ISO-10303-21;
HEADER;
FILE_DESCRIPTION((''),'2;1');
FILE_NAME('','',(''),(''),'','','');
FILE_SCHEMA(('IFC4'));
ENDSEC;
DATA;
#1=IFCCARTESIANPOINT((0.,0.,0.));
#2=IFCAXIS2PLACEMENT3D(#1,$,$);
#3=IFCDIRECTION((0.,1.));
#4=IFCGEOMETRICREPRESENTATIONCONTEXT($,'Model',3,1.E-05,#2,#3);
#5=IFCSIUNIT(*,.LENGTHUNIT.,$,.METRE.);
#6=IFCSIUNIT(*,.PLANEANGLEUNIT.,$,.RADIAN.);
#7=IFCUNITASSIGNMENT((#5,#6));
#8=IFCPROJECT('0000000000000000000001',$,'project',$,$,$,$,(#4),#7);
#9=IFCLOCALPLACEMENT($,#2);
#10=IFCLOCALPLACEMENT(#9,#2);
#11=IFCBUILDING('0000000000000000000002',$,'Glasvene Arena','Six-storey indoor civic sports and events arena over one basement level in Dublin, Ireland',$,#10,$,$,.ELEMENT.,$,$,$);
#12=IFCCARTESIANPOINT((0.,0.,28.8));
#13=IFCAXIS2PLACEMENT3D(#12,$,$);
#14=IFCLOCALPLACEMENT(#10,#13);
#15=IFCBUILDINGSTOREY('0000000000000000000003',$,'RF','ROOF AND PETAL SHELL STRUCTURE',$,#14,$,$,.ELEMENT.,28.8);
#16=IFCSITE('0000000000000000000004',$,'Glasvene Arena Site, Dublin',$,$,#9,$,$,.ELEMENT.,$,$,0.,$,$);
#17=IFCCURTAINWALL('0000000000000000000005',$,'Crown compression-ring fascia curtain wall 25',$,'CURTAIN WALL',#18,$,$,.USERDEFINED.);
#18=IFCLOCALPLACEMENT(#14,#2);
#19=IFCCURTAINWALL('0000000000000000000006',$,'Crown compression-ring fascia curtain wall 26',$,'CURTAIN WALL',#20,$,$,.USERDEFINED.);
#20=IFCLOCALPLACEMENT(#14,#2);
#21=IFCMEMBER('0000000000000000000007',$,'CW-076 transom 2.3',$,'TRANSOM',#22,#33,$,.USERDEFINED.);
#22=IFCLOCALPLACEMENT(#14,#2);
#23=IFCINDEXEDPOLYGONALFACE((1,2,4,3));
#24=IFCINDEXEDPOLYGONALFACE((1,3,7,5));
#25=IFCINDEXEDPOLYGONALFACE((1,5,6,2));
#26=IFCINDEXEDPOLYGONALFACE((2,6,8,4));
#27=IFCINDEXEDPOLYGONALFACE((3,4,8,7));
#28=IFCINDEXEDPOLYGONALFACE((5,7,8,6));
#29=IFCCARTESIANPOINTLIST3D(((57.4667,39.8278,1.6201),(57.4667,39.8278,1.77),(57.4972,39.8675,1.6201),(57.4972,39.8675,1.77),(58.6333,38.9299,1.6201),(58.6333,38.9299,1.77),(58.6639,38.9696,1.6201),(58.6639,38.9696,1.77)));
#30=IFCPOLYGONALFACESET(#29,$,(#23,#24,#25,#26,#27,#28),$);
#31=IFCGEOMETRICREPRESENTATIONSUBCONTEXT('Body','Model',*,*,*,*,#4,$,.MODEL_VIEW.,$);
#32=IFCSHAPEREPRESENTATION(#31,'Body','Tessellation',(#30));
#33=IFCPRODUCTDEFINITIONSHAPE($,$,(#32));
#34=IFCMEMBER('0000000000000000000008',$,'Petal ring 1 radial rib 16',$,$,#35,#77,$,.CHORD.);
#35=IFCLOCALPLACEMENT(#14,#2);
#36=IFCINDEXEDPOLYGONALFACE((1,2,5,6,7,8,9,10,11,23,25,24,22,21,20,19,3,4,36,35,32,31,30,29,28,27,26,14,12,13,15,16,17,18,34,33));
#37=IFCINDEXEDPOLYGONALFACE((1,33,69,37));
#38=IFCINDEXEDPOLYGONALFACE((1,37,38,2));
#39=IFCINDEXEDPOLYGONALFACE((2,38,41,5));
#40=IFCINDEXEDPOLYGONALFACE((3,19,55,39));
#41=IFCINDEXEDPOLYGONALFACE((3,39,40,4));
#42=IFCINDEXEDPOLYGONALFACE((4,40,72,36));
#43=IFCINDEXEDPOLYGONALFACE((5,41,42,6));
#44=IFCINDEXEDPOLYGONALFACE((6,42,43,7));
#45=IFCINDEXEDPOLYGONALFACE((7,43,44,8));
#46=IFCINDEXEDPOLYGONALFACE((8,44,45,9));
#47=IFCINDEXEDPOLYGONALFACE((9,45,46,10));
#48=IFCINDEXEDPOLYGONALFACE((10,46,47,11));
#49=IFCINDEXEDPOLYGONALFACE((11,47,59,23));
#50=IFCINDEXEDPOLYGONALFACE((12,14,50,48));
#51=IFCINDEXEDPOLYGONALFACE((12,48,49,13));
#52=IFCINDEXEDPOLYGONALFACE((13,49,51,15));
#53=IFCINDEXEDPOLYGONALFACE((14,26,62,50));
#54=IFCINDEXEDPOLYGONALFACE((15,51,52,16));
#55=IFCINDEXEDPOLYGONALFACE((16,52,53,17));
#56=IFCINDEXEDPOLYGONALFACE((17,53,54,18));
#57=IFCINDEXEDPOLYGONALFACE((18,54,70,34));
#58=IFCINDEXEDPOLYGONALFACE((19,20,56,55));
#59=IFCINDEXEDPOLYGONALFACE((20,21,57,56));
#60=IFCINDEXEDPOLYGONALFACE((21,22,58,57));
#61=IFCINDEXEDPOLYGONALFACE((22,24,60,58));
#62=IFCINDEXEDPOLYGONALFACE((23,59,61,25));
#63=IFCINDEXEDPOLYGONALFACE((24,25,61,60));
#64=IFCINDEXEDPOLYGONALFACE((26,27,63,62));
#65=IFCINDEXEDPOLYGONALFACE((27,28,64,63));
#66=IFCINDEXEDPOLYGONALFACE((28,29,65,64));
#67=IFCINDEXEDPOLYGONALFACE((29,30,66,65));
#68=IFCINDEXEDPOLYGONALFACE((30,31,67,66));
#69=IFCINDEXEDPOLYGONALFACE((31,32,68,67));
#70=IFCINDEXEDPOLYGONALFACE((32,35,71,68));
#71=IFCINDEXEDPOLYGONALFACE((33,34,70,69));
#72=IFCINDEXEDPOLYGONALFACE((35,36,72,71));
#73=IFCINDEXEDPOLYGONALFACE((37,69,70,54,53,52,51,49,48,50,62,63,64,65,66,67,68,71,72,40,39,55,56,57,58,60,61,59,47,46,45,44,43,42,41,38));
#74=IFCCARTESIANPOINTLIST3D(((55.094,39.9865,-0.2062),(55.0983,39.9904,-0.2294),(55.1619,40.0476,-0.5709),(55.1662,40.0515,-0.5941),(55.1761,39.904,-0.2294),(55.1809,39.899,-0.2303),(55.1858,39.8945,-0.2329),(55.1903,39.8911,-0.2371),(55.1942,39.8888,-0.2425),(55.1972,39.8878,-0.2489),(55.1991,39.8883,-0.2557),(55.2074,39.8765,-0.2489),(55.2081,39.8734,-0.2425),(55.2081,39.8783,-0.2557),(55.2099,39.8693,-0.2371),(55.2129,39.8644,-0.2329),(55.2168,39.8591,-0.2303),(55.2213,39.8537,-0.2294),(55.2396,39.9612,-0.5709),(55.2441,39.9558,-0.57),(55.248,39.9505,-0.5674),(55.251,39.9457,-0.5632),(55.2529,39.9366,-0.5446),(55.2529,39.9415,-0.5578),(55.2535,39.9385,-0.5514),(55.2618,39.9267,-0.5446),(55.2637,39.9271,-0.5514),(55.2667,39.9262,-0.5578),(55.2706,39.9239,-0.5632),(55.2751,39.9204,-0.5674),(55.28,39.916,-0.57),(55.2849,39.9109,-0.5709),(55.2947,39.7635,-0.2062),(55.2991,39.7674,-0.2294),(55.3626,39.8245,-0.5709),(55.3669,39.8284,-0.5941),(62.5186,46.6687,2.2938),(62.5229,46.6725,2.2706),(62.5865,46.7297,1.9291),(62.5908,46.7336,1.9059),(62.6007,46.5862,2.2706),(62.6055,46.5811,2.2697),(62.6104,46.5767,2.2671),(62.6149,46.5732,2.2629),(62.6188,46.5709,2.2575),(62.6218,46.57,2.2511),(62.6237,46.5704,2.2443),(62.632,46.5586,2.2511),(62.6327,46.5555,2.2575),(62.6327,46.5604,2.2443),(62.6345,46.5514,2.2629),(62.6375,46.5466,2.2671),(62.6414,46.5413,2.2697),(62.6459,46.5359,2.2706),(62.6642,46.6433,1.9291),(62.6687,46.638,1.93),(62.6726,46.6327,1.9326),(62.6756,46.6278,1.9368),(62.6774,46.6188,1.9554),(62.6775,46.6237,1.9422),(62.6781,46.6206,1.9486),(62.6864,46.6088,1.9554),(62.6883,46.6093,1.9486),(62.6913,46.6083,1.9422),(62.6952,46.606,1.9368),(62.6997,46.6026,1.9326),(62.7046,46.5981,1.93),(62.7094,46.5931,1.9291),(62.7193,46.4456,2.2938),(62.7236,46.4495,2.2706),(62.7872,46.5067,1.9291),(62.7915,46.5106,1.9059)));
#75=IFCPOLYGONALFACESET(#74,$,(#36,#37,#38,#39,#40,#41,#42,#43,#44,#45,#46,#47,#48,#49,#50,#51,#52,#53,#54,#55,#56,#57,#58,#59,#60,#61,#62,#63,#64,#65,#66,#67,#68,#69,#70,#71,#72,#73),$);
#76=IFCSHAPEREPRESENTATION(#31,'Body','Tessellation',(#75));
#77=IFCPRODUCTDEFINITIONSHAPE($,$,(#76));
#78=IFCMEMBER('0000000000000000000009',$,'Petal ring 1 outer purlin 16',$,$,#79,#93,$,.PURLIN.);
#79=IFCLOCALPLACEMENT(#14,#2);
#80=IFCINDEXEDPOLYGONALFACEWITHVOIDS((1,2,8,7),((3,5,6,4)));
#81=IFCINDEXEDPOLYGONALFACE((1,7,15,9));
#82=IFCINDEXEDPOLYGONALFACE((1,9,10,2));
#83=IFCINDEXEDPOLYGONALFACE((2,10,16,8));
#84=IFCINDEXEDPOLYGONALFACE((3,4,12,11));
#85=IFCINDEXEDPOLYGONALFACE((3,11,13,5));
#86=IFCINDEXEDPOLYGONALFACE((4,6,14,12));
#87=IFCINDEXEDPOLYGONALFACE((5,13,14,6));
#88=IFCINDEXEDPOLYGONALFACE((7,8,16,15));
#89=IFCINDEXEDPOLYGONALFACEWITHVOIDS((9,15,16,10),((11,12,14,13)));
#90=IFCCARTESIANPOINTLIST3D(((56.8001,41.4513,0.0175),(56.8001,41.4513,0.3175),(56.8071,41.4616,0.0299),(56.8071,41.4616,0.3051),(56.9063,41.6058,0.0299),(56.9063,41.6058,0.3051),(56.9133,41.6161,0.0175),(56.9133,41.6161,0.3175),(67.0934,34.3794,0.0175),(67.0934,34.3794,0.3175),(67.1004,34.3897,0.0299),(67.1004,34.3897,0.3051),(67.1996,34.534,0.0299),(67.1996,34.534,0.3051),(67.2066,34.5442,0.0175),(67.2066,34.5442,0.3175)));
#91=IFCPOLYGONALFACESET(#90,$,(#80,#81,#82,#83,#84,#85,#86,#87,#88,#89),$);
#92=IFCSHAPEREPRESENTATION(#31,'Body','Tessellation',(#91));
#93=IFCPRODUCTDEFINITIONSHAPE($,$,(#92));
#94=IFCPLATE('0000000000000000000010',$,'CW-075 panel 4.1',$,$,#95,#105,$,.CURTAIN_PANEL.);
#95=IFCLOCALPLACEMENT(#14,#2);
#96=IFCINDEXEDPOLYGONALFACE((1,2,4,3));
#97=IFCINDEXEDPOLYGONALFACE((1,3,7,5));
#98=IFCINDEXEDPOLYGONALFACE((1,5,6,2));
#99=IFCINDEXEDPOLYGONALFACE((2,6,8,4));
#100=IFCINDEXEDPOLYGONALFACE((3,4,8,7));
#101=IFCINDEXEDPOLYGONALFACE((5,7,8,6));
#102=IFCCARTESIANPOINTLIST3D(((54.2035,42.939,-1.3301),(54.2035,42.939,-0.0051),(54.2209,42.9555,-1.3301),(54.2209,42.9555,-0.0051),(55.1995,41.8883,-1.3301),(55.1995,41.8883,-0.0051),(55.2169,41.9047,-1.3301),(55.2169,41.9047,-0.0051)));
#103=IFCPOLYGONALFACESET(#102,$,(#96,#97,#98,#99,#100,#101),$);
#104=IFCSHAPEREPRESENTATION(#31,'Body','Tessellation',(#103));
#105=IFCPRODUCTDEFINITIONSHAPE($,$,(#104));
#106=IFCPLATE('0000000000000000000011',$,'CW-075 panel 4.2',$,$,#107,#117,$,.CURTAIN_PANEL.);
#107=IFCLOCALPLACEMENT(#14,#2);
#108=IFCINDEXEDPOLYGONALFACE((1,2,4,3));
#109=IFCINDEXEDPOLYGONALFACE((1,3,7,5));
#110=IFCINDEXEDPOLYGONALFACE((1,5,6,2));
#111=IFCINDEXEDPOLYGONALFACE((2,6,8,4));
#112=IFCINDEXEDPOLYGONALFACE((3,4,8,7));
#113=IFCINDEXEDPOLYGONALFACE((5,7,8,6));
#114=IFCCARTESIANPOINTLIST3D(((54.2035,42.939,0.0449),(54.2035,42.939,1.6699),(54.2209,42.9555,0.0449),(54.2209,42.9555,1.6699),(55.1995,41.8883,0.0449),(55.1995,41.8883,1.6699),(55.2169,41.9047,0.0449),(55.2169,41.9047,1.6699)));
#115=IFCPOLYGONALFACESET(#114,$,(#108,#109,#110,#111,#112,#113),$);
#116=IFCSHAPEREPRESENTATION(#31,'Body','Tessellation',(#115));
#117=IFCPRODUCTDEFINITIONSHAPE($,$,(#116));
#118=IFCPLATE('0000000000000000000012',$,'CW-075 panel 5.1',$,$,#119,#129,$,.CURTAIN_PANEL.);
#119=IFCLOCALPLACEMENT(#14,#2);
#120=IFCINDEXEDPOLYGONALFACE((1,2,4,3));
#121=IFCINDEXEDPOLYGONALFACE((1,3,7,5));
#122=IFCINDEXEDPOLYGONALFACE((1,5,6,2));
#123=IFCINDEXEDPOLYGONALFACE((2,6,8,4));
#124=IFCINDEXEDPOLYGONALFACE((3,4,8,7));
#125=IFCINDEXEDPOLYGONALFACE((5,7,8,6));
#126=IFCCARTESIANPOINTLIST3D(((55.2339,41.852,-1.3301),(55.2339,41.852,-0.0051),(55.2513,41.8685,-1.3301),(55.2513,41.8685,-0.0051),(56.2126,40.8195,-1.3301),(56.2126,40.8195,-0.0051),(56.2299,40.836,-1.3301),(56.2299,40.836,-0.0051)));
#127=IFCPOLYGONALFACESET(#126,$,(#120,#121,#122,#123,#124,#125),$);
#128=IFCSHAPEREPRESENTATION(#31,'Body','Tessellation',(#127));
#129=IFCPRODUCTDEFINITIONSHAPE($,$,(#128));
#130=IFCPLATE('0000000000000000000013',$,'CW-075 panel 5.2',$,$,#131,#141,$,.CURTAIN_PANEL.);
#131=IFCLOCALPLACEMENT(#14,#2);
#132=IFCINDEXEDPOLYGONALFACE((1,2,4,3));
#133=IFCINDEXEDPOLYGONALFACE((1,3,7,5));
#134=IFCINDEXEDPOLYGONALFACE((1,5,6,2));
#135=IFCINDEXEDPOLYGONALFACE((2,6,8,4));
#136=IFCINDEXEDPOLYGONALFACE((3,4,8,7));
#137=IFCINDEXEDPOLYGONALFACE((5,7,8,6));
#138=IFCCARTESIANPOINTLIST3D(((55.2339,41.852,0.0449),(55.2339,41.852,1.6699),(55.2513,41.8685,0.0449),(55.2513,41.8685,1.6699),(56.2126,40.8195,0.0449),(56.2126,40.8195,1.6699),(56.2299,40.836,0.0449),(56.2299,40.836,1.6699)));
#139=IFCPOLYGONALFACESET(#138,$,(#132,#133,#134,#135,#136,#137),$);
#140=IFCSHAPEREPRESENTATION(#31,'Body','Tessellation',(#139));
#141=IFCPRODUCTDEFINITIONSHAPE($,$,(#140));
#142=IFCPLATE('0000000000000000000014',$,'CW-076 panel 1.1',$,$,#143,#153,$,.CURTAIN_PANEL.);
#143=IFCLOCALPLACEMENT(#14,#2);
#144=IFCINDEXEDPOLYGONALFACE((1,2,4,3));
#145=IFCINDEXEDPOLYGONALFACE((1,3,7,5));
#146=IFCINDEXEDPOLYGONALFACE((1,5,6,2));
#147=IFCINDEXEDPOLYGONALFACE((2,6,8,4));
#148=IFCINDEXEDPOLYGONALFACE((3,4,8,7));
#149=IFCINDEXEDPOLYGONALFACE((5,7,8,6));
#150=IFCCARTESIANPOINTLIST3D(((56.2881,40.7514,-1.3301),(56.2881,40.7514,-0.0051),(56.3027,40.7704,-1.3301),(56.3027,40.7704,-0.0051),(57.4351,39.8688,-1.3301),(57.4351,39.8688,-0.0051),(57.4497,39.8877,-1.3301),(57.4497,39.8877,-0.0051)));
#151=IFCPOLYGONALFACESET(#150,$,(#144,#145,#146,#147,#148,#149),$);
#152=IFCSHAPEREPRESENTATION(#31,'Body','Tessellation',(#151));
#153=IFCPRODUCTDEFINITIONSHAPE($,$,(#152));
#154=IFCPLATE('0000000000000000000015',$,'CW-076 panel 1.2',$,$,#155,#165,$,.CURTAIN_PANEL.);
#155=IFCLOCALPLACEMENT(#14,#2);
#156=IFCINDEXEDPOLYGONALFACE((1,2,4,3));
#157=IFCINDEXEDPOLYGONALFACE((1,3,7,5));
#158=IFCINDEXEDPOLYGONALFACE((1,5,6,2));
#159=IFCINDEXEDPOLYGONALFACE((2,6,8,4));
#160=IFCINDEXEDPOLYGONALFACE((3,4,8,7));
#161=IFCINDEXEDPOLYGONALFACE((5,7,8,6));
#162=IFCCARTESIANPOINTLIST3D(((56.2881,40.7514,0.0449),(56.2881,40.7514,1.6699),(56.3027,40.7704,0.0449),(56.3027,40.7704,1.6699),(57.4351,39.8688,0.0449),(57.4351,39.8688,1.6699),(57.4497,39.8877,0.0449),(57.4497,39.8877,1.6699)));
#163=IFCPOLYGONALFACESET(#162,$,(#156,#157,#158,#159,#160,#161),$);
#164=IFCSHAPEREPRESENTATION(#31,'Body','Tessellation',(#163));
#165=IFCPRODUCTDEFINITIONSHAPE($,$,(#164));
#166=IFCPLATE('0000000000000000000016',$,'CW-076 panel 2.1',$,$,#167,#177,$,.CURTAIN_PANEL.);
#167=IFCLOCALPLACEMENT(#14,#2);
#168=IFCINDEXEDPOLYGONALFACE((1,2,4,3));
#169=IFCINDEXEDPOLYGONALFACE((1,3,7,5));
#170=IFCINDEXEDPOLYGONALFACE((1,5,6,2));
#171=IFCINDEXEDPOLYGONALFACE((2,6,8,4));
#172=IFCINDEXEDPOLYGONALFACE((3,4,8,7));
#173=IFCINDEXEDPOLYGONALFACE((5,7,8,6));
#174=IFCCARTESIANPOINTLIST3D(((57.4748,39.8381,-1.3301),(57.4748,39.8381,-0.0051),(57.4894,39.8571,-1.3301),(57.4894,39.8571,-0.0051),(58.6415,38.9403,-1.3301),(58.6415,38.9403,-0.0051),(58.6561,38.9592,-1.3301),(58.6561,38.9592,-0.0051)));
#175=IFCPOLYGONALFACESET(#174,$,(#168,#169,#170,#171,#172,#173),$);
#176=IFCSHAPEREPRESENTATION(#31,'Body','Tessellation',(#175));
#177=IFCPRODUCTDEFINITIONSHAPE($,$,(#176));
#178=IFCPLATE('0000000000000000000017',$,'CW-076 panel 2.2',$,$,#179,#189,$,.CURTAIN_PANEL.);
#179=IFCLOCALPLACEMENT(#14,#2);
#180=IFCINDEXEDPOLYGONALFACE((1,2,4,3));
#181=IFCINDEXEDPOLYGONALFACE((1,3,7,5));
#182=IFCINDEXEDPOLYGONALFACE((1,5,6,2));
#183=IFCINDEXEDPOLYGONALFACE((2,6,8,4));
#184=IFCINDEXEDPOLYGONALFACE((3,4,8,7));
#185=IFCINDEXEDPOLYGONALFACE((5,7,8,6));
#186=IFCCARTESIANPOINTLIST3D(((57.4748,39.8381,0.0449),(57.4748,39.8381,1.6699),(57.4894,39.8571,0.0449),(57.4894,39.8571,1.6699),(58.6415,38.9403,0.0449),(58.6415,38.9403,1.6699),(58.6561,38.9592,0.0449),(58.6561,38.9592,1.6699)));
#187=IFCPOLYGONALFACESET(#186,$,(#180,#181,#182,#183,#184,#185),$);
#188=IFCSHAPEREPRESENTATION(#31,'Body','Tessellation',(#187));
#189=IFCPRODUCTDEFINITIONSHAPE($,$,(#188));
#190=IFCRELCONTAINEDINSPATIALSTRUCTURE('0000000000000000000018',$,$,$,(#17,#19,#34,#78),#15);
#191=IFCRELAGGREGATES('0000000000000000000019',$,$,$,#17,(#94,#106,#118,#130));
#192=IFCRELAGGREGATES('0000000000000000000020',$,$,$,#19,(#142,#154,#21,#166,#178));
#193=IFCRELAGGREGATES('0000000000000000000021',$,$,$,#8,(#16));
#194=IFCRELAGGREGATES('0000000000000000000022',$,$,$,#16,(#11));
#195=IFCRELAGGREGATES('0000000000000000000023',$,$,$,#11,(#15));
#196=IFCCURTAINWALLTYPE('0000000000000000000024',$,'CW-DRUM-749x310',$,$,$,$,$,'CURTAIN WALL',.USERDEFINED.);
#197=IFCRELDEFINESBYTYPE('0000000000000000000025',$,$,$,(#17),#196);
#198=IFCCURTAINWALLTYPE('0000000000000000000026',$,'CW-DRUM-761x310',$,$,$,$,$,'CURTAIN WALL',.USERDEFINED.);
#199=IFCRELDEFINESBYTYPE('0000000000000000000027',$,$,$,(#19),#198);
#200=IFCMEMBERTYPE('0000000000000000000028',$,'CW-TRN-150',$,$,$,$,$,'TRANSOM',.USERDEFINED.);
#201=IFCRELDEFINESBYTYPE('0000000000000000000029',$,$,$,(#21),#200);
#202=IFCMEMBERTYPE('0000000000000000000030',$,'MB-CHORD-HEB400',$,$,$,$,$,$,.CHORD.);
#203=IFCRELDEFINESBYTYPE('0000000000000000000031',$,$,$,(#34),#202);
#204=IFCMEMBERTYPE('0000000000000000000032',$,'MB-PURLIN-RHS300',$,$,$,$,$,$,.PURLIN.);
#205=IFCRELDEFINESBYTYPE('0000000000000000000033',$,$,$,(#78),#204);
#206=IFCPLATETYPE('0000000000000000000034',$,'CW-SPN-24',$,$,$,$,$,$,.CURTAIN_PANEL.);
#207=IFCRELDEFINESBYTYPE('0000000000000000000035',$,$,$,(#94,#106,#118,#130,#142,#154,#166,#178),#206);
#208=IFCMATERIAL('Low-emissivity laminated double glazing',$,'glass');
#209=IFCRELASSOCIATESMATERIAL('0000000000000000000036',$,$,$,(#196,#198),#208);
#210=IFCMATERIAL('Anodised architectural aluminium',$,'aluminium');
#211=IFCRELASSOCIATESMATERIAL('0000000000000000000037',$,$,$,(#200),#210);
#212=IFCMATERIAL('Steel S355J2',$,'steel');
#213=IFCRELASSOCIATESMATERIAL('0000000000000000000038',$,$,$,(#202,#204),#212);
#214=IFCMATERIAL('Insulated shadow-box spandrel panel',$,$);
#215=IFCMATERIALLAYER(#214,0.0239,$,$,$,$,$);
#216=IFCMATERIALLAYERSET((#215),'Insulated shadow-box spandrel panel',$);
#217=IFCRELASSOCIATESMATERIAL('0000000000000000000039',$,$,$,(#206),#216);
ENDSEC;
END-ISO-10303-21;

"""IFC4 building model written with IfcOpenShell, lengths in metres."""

from ifc_helpers import new_model, si_unit, direction, frame, origin, origin_2d, place, context, subcontext, project, spatial, rectangle, hollow_rectangle, i_section, extrude, material, layer, layer_set, material_profile, profile_set, type_object, element, aggregate, save


model = new_model("IFC4")

# Units and contexts
model_context = context("Model", 3, precision=1e-05, world=origin(), true_north=direction((0.0, 1.0)))
body_context = subcontext(model_context, "Body", "Model", "MODEL_VIEW")
ifc_project = project(units=[si_unit("LENGTHUNIT", "METRE"), si_unit("PLANEANGLEUNIT", "RADIAN")], contexts=[model_context])

# Site, building, storey
site_placement = place(None, origin())
site = spatial("IfcSite", under=ifc_project, at=site_placement, Name="Glasvene Arena Site, Dublin", CompositionType="ELEMENT", RefElevation=0.0)
building_placement = place(site_placement, origin())
building = spatial("IfcBuilding", under=site, at=building_placement, Name="Glasvene Arena", Description="Six-storey indoor civic sports and events arena over one basement level in Dublin, Ireland", CompositionType="ELEMENT")
storey_placement = place(building_placement, frame((0.0, 0.0, 28.8)))
storey = spatial("IfcBuildingStorey", under=building, at=storey_placement, Name="RF", Description="ROOF AND PETAL SHELL STRUCTURE", CompositionType="ELEMENT", Elevation=28.8)

# Shared definitions
ifc_material_1 = material(Name="Steel S355J2", Category="steel")

# Curtain walls
ifc_material_2 = material(Name="Low-emissivity laminated double glazing", Category="glass")
curtain_wall_type_1 = type_object("IfcCurtainWallType", Name="CW-DRUM-749x310", ElementType="CURTAIN WALL", PredefinedType="USERDEFINED", material=ifc_material_2)
curtain_wall_1_placement = place(storey_placement, frame((51.1042, 46.2263, 0.0)))
curtain_wall_1 = element("IfcCurtainWall", 1, at=curtain_wall_1_placement, inside=storey, type_object=curtain_wall_type_1, Name="Crown compression-ring fascia curtain wall 25", ObjectType="CURTAIN WALL", PredefinedType="USERDEFINED")
ifc_material_3 = material(Name="Anodised architectural aluminium", Category="aluminium")
curtain_wall_type_2 = type_object("IfcCurtainWallType", Name="CW-DRUM-761x310", ElementType="CURTAIN WALL", PredefinedType="USERDEFINED", material=ifc_material_2)
curtain_wall_2_placement = place(storey_placement, frame((56.2559, 40.7913, 0.0)))
curtain_wall_2 = element("IfcCurtainWall", 2, at=curtain_wall_2_placement, inside=storey, type_object=curtain_wall_type_2, Name="Crown compression-ring fascia curtain wall 26", ObjectType="CURTAIN WALL", PredefinedType="USERDEFINED")

# Member
ifc_material_profile_1 = material_profile(ifc_material_3, rectangle(XDim=0.05, YDim=0.1499, at=origin_2d()), Name="ALU TRANSOM 50x150")
ifc_profile_set_1 = profile_set([ifc_material_profile_1], Name="Anodised architectural aluminium")
member_type_1 = type_object("IfcMemberType", Name="CW-TRN-150", ElementType="TRANSOM", PredefinedType="USERDEFINED", material=ifc_profile_set_1)
member_1_placement = place(storey_placement, frame((57.4819, 39.8477, 1.6951), z_axis=(0.792476, -0.609903, 0.0), x_axis=(0.609903, 0.792476, 0.0)))
member_1 = element("IfcMember", 3, at=member_1_placement, type_object=member_type_1, Name="CW-076 transom 2.3", ObjectType="TRANSOM", PredefinedType="USERDEFINED", context=body_context, shape_type="SweptSolid", body=[
    extrude(rectangle(XDim=0.05, YDim=0.1499, at=origin_2d()), origin(), (0.0, 0.0, 1.0), 1.4722),
])

# Members
ifc_material_profile_2 = material_profile(ifc_material_1, i_section(OverallWidth=0.3, OverallDepth=0.3999, WebThickness=0.0134, FlangeThickness=0.0239, FilletRadius=0.0271, at=origin_2d()), Name="HEB 400")
ifc_profile_set_2 = profile_set([ifc_material_profile_2], Name="Steel S355J2")
member_type_2 = type_object("IfcMemberType", Name="MB-CHORD-HEB400", PredefinedType="CHORD", material=ifc_profile_set_2)
member_2_placement = place(storey_placement, frame((55.2305, 39.9075, -0.4001), z_axis=(0.721052, 0.648949, 0.242793), x_axis=(-0.668966, 0.743293, 0.0)))
element("IfcMember", 4, at=member_2_placement, inside=storey, type_object=member_type_2, Name="Petal ring 1 radial rib 16", PredefinedType="CHORD", context=body_context, shape_type="SweptSolid", body=[
    extrude(i_section(OverallWidth=0.3, OverallDepth=0.3999, WebThickness=0.0134, FlangeThickness=0.0239, FilletRadius=0.0271, at=origin_2d()), origin(), (0.0, 0.0, 1.0), 10.2969),
])
ifc_material_profile_3 = material_profile(ifc_material_1, hollow_rectangle(XDim=0.2, YDim=0.3, WallThickness=0.0125, at=origin_2d()), Name="RHS 300x200x12.5")
ifc_profile_set_3 = profile_set([ifc_material_profile_3], Name="Steel S355J2")
member_type_3 = type_object("IfcMemberType", Name="MB-PURLIN-RHS300", PredefinedType="PURLIN", material=ifc_profile_set_3)
member_3_placement = place(storey_placement, frame((56.8567, 41.5337, 0.1675), z_axis=(0.824222, -0.566267, 0.0), x_axis=(0.566267, 0.824222, 0.0)))
element("IfcMember", 5, at=member_3_placement, inside=storey, type_object=member_type_3, Name="Petal ring 1 outer purlin 16", PredefinedType="PURLIN", context=body_context, shape_type="SweptSolid", body=[
    extrude(hollow_rectangle(XDim=0.2, YDim=0.3, WallThickness=0.0125, at=origin_2d()), origin(), (0.0, 0.0, 1.0), 12.4885),
])

# Plates
ifc_material_4 = material(Name="Insulated shadow-box spandrel panel")
ifc_layer_1 = layer(ifc_material_4, 0.0239)
ifc_layer_set_1 = layer_set([ifc_layer_1], Name="Insulated shadow-box spandrel panel")
plate_type_1 = type_object("IfcPlateType", Name="CW-SPN-24", PredefinedType="CURTAIN_PANEL", material=ifc_layer_set_1)
plate_1_placement = place(storey_placement, frame((54.7102, 42.4219, -1.3301), z_axis=(0.0, 0.0, 1.0), x_axis=(0.687925, -0.725782, 0.0)))
plate_1 = element("IfcPlate", 6, at=plate_1_placement, type_object=plate_type_1, Name="CW-075 panel 4.1", PredefinedType="CURTAIN_PANEL", context=body_context, shape_type="SweptSolid", body=[
    extrude(rectangle(XDim=1.4478, YDim=0.0239, at=origin_2d()), origin(), (0.0, 0.0, 1.0), 1.325),
])
plate_2_placement = place(storey_placement, frame((54.7102, 42.4219, 0.0449), z_axis=(0.0, 0.0, 1.0), x_axis=(0.687925, -0.725782, 0.0)))
plate_2 = element("IfcPlate", 7, at=plate_2_placement, type_object=plate_type_1, Name="CW-075 panel 4.2", PredefinedType="CURTAIN_PANEL", context=body_context, shape_type="SweptSolid", body=[
    extrude(rectangle(XDim=1.4478, YDim=0.0239, at=origin_2d()), origin(), (0.0, 0.0, 1.0), 1.625),
])
plate_3_placement = place(storey_placement, frame((55.7319, 41.344, -1.3301), z_axis=(0.0, 0.0, 1.0), x_axis=(0.687925, -0.725782, 0.0)))
plate_3 = element("IfcPlate", 8, at=plate_3_placement, type_object=plate_type_1, Name="CW-075 panel 5.1", PredefinedType="CURTAIN_PANEL", context=body_context, shape_type="SweptSolid", body=[
    extrude(rectangle(XDim=1.4226, YDim=0.0239, at=origin_2d()), origin(), (0.0, 0.0, 1.0), 1.325),
])
plate_4_placement = place(storey_placement, frame((55.7319, 41.344, 0.0449), z_axis=(0.0, 0.0, 1.0), x_axis=(0.687925, -0.725782, 0.0)))
plate_4 = element("IfcPlate", 9, at=plate_4_placement, type_object=plate_type_1, Name="CW-075 panel 5.2", PredefinedType="CURTAIN_PANEL", context=body_context, shape_type="SweptSolid", body=[
    extrude(rectangle(XDim=1.4226, YDim=0.0239, at=origin_2d()), origin(), (0.0, 0.0, 1.0), 1.625),
])
aggregate(curtain_wall_1, [plate_1, plate_2, plate_3, plate_4])
plate_5_placement = place(storey_placement, frame((56.8689, 40.3196, -1.3301), z_axis=(0.0, 0.0, 1.0), x_axis=(0.792482, -0.609895, 0.0)))
plate_5 = element("IfcPlate", 10, at=plate_5_placement, type_object=plate_type_1, Name="CW-076 panel 1.1", PredefinedType="CURTAIN_PANEL", context=body_context, shape_type="SweptSolid", body=[
    extrude(rectangle(XDim=1.4473, YDim=0.0239, at=origin_2d()), origin(), (0.0, 0.0, 1.0), 1.325),
])
plate_6_placement = place(storey_placement, frame((56.8689, 40.3196, 0.0449), z_axis=(0.0, 0.0, 1.0), x_axis=(0.792482, -0.609895, 0.0)))
plate_6 = element("IfcPlate", 11, at=plate_6_placement, type_object=plate_type_1, Name="CW-076 panel 1.2", PredefinedType="CURTAIN_PANEL", context=body_context, shape_type="SweptSolid", body=[
    extrude(rectangle(XDim=1.4473, YDim=0.0239, at=origin_2d()), origin(), (0.0, 0.0, 1.0), 1.625),
])
plate_7_placement = place(storey_placement, frame((58.0654, 39.3987, -1.3301), z_axis=(0.0, 0.0, 1.0), x_axis=(0.792482, -0.609895, 0.0)))
plate_7 = element("IfcPlate", 12, at=plate_7_placement, type_object=plate_type_1, Name="CW-076 panel 2.1", PredefinedType="CURTAIN_PANEL", context=body_context, shape_type="SweptSolid", body=[
    extrude(rectangle(XDim=1.4722, YDim=0.0239, at=origin_2d()), origin(), (0.0, 0.0, 1.0), 1.325),
])
plate_8_placement = place(storey_placement, frame((58.0654, 39.3987, 0.0449), z_axis=(0.0, 0.0, 1.0), x_axis=(0.792482, -0.609895, 0.0)))
plate_8 = element("IfcPlate", 13, at=plate_8_placement, type_object=plate_type_1, Name="CW-076 panel 2.2", PredefinedType="CURTAIN_PANEL", context=body_context, shape_type="SweptSolid", body=[
    extrude(rectangle(XDim=1.4722, YDim=0.0239, at=origin_2d()), origin(), (0.0, 0.0, 1.0), 1.625),
])
aggregate(curtain_wall_2, [plate_5, plate_6, member_1, plate_7, plate_8])

save(model, "model.ifc")
